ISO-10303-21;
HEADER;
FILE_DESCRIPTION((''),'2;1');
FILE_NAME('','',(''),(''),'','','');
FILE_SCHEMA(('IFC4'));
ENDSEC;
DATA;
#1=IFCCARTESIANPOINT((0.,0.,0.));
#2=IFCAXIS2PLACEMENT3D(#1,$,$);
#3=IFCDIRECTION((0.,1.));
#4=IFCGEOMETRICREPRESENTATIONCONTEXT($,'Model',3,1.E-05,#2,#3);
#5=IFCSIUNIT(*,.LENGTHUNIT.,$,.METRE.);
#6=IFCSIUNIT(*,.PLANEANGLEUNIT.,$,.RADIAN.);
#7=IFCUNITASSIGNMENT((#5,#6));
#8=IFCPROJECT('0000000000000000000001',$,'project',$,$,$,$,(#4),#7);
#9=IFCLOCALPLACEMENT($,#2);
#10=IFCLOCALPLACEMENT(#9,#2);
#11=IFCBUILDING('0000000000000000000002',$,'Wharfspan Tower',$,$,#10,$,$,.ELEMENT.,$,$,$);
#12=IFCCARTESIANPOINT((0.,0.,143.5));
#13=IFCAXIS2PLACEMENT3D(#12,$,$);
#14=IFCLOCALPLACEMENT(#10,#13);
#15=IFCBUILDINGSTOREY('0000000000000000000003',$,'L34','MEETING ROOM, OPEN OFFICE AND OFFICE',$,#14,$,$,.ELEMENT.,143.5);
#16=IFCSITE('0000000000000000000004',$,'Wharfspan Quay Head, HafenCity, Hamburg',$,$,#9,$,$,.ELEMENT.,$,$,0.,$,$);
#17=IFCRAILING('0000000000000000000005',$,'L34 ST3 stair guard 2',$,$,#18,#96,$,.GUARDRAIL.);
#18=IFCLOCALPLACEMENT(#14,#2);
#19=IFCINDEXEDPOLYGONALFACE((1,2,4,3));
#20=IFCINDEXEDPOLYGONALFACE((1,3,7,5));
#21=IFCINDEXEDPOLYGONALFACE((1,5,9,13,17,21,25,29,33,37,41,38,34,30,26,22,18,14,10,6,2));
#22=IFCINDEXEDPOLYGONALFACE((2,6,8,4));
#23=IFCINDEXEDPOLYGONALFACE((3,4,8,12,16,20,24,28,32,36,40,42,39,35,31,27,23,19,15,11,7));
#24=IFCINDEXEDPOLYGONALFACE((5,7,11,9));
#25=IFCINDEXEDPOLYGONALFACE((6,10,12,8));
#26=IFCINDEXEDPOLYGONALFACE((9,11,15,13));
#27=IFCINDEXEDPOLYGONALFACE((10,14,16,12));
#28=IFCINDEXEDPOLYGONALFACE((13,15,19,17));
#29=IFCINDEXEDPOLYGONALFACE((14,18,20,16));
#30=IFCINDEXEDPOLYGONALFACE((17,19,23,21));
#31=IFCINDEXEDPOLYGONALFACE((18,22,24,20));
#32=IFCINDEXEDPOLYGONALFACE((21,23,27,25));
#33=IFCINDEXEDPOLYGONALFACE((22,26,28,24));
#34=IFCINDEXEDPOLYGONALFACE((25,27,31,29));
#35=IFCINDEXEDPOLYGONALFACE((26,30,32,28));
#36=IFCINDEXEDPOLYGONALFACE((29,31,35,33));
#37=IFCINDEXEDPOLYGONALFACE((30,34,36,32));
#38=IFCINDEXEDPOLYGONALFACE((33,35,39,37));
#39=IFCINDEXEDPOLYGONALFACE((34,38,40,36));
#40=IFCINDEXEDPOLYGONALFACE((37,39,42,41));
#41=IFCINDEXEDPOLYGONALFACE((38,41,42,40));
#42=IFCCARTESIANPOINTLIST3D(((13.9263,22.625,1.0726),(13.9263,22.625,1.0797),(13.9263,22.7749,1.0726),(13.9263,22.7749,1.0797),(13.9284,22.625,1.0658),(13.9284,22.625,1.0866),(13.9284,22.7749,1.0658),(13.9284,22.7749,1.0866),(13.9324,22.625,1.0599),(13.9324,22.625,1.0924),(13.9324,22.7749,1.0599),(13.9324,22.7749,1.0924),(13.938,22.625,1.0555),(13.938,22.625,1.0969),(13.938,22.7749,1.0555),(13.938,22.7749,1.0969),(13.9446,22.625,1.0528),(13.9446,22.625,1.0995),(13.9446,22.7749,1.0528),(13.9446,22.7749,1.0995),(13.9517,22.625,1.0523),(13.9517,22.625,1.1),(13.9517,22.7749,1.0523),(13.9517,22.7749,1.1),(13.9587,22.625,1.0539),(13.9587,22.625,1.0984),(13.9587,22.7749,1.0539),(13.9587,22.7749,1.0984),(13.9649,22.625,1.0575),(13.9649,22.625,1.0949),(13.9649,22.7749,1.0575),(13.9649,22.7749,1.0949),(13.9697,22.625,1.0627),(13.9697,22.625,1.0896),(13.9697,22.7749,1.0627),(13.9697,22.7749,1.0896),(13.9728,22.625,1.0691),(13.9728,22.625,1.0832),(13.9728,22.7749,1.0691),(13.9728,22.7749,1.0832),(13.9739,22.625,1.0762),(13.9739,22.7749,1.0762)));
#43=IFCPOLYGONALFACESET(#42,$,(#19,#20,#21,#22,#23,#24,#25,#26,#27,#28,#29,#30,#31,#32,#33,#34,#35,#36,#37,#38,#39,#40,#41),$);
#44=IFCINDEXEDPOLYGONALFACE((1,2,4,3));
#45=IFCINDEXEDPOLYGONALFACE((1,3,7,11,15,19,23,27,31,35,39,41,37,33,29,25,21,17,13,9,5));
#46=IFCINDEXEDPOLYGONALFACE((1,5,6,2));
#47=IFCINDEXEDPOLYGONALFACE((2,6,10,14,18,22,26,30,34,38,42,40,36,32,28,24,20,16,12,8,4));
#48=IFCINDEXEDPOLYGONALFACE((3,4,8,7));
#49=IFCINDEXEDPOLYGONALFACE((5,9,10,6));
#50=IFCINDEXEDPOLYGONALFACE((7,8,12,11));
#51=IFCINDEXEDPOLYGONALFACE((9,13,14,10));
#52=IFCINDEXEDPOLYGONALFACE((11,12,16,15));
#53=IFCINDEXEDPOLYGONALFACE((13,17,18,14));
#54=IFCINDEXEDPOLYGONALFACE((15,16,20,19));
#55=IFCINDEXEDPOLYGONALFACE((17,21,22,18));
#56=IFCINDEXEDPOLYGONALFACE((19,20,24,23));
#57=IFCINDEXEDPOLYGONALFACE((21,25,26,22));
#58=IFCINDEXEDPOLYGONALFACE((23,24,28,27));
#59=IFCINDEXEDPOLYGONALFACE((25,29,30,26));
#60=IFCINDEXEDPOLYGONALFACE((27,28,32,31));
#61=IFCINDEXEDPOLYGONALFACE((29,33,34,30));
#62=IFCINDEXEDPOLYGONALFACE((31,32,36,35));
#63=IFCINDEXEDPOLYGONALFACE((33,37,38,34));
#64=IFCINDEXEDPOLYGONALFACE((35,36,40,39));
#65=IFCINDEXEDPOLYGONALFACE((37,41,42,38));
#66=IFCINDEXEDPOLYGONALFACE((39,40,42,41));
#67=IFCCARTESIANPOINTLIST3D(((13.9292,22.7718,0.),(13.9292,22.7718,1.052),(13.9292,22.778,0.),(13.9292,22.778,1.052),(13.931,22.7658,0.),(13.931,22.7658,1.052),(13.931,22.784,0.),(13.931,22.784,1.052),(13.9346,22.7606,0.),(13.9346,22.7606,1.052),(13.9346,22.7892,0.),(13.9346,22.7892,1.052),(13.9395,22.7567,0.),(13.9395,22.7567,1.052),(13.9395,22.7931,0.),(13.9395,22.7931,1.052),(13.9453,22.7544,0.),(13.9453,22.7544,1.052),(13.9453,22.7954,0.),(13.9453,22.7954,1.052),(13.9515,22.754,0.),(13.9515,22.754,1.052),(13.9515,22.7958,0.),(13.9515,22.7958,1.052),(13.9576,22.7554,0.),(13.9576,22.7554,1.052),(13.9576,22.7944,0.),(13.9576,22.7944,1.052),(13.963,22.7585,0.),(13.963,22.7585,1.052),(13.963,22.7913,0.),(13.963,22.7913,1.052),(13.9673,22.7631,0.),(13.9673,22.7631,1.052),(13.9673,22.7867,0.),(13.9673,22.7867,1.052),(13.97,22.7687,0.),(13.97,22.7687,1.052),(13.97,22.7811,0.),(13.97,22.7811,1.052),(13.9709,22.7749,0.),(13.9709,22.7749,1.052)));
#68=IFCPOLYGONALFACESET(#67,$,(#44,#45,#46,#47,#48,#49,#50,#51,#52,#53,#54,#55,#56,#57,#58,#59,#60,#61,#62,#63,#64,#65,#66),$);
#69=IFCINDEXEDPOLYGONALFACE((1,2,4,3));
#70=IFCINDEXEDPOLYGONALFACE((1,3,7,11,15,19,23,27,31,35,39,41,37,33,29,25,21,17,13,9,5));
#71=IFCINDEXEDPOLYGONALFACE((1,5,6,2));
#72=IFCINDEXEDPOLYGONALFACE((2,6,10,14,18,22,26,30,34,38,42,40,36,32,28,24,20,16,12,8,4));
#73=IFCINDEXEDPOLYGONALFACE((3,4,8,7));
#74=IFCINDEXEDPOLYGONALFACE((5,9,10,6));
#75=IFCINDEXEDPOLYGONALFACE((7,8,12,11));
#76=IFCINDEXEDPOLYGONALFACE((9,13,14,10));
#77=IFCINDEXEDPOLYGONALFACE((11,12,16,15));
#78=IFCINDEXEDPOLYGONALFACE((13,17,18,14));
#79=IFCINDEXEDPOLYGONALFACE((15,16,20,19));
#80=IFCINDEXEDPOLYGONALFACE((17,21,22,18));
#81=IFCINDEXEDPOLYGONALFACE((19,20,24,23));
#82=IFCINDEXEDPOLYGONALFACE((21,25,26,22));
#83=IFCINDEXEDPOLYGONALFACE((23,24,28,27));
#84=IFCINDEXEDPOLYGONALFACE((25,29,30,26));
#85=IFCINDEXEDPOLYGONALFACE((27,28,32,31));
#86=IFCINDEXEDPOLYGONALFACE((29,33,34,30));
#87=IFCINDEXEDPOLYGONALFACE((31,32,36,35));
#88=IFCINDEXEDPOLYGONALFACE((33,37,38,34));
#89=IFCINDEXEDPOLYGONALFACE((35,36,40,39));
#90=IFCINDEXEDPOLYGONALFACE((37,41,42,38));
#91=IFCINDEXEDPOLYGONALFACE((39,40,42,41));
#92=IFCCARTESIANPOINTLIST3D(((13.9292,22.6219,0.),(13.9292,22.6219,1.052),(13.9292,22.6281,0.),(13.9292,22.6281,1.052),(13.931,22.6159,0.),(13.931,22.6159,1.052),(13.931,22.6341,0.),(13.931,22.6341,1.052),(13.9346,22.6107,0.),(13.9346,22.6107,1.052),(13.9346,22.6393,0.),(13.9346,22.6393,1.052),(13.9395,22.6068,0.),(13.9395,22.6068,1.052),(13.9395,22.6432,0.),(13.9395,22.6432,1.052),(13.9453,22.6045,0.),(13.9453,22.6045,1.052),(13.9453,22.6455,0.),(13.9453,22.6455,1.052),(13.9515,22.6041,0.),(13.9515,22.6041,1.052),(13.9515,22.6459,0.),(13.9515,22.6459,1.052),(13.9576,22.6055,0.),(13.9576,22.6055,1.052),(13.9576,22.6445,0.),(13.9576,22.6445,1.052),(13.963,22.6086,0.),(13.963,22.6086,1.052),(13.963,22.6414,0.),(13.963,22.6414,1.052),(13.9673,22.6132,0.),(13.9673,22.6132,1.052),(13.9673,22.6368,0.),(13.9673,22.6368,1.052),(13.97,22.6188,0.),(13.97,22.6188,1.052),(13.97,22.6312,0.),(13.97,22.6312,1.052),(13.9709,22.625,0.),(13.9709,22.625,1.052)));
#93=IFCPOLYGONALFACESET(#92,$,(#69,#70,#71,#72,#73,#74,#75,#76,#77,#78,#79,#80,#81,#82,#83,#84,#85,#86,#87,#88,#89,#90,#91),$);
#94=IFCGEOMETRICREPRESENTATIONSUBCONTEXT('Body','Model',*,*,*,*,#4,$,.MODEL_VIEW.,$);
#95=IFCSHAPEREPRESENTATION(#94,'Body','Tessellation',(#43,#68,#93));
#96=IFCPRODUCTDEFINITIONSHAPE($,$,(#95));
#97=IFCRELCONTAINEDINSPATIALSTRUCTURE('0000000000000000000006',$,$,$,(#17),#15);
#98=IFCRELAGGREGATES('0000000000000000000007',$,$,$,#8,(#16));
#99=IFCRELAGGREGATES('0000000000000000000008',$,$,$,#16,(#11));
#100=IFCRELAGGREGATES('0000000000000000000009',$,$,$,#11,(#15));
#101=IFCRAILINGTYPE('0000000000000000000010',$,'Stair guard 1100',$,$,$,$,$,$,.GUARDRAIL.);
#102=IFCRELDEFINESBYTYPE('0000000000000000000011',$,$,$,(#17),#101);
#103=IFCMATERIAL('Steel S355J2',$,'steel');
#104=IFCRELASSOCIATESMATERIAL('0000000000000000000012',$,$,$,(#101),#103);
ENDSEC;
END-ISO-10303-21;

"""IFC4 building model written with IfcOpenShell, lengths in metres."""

from ifc_helpers import new_model, si_unit, direction, frame, origin, origin_2d, place, context, subcontext, project, spatial, circle, extrude, material, type_object, element, save


model = new_model("IFC4")

# Units and contexts
model_context = context("Model", 3, precision=1e-05, world=origin(), true_north=direction((0.0, 1.0)))
body_context = subcontext(model_context, "Body", "Model", "MODEL_VIEW")
ifc_project = project(units=[si_unit("LENGTHUNIT", "METRE"), si_unit("PLANEANGLEUNIT", "RADIAN")], contexts=[model_context])

# Site, building, storey
site_placement = place(None, origin())
site = spatial("IfcSite", under=ifc_project, at=site_placement, Name="Wharfspan Quay Head, HafenCity, Hamburg", CompositionType="ELEMENT", RefElevation=0.0)
building_placement = place(site_placement, origin())
building = spatial("IfcBuilding", under=site, at=building_placement, Name="Wharfspan Tower", CompositionType="ELEMENT")
storey_placement = place(building_placement, frame((0.0, 0.0, 143.5)))
storey = spatial("IfcBuildingStorey", under=building, at=storey_placement, Name="L34", Description="MEETING ROOM, OPEN OFFICE AND OFFICE", CompositionType="ELEMENT", Elevation=143.5)

# Shared definitions
ifc_material_1 = material(Name="Steel S355J2", Category="steel")

# Railing
railing_type = type_object("IfcRailingType", Name="Stair guard 1100", PredefinedType="GUARDRAIL", material=ifc_material_1)
railing_placement = place(storey_placement, frame((13.95, 22.7749, 0.0)))
element("IfcRailing", 1, at=railing_placement, inside=storey, type_object=railing_type, Name="L34 ST3 stair guard 2", PredefinedType="GUARDRAIL", context=body_context, shape_type="SweptSolid", body=[
    extrude(circle(Radius=0.0239, at=origin_2d()), frame((0.0, 0.0, 1.0762), z_axis=(0.0, -1.0, 0.0), x_axis=(1.0, 0.0, 0.0)), (0.0, 0.0, 1.0), 0.1499),
    extrude(circle(Radius=0.021, at=origin_2d()), origin(), (0.0, 0.0, 1.0), 1.052),
    extrude(circle(Radius=0.021, at=origin_2d()), frame((0.0, -0.1499, 0.0)), (0.0, 0.0, 1.0), 1.052),
])

save(model, "model.ifc")
